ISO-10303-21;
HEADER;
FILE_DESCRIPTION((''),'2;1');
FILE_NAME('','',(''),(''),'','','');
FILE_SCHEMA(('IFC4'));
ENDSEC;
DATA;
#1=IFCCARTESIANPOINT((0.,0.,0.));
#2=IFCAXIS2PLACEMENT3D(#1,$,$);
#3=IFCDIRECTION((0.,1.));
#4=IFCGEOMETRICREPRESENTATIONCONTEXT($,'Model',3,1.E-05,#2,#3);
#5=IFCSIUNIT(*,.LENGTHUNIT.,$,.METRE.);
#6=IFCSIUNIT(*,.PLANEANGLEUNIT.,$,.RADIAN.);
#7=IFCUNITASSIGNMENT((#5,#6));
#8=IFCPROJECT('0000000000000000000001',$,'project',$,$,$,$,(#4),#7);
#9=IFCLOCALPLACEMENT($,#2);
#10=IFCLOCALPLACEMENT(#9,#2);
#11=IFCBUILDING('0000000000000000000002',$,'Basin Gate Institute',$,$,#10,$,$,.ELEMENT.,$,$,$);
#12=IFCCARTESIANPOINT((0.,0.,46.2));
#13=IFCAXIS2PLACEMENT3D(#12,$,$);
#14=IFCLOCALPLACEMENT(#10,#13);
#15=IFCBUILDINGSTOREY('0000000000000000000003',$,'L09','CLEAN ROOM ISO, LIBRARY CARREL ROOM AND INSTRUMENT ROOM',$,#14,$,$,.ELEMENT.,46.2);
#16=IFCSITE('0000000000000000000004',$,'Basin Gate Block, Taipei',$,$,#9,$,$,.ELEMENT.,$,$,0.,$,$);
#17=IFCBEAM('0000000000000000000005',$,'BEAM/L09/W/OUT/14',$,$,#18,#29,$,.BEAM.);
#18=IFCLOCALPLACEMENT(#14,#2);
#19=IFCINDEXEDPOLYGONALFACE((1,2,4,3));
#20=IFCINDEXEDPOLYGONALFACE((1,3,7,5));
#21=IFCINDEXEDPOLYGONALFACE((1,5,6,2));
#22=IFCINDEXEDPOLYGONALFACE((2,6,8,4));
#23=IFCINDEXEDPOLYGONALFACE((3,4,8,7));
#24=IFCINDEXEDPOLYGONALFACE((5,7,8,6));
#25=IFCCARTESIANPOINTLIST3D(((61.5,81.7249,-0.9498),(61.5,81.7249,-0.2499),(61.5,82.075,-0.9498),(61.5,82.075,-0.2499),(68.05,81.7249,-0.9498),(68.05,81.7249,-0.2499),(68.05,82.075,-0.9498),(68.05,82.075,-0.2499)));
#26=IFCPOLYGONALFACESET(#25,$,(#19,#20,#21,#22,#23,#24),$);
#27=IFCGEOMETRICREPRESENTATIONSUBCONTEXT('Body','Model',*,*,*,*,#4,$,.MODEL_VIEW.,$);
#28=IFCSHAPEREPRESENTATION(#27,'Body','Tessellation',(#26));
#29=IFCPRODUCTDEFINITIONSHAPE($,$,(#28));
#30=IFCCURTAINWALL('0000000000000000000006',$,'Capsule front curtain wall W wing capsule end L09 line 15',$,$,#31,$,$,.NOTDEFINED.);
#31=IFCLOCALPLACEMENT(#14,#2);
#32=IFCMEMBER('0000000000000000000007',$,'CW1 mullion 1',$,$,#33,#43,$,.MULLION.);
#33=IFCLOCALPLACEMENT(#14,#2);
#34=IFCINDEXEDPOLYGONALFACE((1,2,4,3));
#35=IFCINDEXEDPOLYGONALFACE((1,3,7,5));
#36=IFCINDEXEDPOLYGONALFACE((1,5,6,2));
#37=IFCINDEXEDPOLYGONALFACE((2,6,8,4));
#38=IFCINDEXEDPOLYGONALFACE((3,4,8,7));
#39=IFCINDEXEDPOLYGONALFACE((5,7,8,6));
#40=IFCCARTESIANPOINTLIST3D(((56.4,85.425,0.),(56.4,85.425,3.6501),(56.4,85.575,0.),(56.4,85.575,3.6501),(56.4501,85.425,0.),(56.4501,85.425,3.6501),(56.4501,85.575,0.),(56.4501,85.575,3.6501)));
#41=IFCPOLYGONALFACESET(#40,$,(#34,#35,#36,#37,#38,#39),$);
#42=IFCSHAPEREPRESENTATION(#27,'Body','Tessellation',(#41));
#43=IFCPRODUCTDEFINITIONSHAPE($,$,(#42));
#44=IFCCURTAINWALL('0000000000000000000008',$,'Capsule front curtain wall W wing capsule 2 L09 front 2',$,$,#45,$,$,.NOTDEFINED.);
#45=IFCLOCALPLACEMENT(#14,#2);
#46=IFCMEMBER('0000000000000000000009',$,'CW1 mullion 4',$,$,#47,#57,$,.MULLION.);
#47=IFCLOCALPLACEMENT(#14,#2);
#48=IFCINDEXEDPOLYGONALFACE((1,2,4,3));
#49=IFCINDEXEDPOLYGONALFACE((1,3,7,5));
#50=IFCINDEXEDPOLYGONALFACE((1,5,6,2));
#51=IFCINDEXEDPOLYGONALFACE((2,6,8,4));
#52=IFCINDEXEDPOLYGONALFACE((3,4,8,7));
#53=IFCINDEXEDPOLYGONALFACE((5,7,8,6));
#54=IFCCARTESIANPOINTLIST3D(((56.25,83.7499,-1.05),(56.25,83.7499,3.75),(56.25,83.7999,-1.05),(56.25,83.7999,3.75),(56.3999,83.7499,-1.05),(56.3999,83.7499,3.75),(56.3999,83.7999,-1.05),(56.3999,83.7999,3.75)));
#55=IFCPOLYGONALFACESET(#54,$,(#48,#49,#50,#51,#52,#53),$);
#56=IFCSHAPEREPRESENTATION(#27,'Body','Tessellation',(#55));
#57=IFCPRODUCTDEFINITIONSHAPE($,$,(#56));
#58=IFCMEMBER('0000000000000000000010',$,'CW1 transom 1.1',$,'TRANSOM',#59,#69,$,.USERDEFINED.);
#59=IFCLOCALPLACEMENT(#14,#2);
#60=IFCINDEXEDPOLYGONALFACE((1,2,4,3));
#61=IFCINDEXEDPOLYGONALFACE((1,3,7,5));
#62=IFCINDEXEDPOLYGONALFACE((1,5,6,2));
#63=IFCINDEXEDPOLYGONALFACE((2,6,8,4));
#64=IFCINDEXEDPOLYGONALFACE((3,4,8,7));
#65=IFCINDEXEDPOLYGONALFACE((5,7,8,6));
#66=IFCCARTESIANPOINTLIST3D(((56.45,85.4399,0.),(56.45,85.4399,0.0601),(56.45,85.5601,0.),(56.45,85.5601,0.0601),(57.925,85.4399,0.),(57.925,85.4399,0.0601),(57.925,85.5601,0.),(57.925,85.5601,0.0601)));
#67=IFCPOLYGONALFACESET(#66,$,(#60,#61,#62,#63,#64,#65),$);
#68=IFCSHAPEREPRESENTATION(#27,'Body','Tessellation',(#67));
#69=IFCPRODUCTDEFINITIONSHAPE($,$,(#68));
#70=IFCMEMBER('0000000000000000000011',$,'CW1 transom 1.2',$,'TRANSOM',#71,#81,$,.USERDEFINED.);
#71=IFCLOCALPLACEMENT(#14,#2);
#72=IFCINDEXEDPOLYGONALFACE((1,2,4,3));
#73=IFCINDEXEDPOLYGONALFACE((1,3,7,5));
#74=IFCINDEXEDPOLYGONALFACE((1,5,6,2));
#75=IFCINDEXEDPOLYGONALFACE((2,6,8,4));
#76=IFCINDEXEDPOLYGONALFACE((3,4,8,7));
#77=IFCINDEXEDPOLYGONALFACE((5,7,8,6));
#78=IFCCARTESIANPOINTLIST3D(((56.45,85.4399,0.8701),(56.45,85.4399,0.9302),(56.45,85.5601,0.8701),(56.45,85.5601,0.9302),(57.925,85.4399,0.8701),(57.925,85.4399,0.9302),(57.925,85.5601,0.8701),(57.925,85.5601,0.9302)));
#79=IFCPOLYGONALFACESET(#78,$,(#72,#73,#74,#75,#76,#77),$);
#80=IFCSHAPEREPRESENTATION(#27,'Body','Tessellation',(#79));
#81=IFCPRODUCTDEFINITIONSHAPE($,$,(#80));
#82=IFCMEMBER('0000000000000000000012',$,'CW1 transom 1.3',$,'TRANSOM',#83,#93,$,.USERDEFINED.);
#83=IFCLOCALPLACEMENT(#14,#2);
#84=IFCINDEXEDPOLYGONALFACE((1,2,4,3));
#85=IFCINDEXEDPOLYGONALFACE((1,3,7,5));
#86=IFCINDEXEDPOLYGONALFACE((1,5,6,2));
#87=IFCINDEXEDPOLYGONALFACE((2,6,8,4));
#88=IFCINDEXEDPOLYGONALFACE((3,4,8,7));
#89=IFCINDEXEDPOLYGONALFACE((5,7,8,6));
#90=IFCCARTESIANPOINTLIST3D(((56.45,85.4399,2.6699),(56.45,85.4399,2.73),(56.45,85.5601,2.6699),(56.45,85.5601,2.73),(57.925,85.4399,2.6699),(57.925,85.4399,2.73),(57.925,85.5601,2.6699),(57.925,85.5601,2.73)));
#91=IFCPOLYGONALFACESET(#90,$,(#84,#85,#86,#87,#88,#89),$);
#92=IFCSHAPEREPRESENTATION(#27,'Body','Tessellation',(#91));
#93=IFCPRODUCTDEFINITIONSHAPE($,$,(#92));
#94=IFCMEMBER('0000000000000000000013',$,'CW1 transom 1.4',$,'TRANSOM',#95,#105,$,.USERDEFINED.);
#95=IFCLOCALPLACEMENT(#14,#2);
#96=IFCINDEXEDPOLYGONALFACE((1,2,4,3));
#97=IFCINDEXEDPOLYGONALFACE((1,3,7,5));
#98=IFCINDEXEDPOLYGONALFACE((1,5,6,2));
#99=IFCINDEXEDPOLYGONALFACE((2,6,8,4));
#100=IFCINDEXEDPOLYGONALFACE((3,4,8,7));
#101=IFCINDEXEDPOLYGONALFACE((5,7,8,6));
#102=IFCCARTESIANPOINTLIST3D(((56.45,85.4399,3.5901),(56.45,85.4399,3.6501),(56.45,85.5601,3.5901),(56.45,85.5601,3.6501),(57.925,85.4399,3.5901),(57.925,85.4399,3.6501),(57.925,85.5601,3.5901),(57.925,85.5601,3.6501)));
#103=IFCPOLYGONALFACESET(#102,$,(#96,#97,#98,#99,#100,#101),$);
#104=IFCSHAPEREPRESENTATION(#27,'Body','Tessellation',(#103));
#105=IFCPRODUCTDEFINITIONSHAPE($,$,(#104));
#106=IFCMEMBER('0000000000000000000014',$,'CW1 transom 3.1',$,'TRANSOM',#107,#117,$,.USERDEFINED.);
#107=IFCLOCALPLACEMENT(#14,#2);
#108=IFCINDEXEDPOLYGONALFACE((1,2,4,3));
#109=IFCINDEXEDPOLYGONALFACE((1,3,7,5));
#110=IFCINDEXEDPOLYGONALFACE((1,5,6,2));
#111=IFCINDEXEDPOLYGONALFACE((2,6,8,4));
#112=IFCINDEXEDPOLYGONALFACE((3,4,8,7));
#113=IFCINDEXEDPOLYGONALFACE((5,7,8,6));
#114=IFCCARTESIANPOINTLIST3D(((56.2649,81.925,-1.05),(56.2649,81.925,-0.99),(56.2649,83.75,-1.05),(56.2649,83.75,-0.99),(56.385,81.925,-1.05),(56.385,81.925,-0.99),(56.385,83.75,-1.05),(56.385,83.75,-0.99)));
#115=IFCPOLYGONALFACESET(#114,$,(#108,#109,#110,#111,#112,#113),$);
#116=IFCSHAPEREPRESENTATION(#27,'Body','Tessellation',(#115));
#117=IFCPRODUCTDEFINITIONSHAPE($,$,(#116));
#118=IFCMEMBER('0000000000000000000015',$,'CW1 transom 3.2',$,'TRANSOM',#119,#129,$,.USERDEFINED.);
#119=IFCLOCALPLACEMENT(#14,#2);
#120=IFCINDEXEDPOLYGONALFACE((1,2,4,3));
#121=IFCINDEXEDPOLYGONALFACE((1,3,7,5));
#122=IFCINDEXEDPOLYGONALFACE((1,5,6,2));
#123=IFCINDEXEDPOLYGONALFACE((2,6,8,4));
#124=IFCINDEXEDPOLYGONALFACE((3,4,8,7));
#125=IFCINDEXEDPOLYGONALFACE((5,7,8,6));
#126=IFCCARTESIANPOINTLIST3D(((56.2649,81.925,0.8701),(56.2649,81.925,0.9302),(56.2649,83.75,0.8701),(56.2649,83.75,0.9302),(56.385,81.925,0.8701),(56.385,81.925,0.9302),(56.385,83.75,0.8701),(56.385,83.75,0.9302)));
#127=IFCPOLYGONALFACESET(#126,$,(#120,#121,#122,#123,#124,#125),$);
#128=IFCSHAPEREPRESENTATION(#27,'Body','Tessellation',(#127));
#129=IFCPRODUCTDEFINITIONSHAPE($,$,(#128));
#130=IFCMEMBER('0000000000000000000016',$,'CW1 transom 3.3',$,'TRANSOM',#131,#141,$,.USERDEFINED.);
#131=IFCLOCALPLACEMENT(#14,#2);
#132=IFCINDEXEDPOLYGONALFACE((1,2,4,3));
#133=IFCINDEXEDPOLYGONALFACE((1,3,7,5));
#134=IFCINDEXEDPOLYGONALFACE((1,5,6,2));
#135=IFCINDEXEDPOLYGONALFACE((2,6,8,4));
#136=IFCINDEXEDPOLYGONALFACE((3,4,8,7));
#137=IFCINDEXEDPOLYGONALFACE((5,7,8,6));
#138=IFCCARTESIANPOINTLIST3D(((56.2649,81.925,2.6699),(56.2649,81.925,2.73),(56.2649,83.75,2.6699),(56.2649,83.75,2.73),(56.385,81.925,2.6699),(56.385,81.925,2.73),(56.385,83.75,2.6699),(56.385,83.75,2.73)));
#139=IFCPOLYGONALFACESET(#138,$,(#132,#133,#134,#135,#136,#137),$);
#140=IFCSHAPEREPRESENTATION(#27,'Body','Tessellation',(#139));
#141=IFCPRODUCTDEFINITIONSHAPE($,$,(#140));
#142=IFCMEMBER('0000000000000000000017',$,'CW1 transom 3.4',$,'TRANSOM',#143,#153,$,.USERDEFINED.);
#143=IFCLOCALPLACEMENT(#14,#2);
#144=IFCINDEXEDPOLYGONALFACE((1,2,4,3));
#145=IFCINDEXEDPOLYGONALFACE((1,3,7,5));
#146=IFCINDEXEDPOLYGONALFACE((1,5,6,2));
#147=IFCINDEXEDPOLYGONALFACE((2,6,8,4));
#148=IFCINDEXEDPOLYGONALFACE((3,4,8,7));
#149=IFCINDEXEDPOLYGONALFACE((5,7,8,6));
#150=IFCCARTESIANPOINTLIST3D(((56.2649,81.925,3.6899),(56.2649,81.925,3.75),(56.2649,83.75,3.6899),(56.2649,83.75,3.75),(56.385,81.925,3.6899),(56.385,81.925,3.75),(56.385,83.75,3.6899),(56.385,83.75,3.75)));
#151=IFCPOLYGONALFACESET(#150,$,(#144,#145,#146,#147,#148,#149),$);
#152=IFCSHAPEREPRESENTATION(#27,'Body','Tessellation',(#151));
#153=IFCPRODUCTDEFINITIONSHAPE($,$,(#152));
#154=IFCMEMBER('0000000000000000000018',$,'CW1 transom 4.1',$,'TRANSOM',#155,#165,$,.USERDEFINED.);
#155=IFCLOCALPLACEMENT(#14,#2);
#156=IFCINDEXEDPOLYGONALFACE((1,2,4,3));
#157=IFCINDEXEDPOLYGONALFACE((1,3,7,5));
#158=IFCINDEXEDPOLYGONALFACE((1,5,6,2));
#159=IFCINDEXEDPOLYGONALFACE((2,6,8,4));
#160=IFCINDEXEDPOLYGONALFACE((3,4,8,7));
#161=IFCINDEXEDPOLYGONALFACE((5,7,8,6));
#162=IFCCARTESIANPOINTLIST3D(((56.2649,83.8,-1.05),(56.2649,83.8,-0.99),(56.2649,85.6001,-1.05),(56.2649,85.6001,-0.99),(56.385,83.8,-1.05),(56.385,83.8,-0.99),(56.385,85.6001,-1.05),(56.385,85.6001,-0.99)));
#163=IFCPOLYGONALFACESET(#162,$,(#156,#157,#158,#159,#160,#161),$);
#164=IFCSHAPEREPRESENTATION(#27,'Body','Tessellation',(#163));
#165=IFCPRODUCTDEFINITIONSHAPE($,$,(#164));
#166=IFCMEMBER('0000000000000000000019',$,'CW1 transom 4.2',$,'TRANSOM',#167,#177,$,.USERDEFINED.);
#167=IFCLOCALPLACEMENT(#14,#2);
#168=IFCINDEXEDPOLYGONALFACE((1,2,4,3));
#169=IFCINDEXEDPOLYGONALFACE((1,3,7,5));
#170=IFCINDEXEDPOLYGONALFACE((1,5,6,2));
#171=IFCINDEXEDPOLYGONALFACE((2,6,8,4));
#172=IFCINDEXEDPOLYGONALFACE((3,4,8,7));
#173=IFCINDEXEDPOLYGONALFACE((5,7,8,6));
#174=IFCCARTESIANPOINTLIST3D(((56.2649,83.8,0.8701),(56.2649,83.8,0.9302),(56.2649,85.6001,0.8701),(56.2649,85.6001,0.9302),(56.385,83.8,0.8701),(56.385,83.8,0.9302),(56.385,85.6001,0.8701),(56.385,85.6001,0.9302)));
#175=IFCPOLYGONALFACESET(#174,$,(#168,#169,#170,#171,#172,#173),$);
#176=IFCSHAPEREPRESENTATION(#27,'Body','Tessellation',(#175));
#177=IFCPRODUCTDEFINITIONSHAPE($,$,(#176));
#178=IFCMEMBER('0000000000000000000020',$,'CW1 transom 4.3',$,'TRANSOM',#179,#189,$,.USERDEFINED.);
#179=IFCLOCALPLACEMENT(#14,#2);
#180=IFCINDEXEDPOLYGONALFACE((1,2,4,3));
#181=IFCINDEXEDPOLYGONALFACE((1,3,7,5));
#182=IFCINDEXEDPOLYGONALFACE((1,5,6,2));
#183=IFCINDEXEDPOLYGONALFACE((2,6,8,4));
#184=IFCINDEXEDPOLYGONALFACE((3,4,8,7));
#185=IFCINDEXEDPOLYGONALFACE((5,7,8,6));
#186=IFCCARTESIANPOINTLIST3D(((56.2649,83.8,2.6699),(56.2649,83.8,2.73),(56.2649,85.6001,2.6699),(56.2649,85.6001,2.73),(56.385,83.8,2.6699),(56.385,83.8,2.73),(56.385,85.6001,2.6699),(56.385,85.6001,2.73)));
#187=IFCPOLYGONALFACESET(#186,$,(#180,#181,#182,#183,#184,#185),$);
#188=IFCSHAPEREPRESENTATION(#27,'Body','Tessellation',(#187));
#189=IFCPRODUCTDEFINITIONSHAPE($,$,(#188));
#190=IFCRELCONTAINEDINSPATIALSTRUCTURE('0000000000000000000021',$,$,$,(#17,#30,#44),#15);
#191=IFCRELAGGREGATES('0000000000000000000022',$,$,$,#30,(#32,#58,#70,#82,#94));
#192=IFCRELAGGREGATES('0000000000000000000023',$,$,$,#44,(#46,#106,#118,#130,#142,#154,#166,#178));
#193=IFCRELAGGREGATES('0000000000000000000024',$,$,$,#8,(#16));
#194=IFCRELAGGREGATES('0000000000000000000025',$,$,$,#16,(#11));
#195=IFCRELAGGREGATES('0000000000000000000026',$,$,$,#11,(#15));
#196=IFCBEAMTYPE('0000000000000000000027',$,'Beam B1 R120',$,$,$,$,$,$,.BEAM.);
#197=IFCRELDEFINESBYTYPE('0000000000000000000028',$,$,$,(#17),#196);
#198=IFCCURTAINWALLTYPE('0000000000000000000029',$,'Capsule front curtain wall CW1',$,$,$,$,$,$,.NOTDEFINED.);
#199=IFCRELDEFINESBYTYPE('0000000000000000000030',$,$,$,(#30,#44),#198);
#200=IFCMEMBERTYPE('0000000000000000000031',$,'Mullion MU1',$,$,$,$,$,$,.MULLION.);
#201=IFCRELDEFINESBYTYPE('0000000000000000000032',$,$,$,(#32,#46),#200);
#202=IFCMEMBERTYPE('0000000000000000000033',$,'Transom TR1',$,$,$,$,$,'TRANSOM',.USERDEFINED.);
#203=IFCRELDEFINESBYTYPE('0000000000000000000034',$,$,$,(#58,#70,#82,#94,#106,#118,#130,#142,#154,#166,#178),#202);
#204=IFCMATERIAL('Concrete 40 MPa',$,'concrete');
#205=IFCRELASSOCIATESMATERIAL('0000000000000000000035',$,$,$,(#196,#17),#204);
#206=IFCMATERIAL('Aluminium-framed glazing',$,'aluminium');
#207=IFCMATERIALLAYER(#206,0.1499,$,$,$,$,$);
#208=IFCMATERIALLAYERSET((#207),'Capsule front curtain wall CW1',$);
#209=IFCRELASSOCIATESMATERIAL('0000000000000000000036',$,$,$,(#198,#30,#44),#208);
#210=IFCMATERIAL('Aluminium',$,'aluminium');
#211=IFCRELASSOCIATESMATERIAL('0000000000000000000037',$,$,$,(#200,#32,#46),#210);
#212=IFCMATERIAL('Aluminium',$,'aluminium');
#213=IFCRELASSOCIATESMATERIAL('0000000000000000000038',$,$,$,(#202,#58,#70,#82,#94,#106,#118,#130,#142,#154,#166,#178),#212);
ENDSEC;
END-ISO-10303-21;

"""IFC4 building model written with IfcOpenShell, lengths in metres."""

from ifc_helpers import new_model, si_unit, direction, frame, origin, origin_2d, place, context, subcontext, project, spatial, rectangle, extrude, material, layer, layer_set, material_profile, profile_set, type_object, element, aggregate, save


model = new_model("IFC4")

# Units and contexts
model_context = context("Model", 3, precision=1e-05, world=origin(), true_north=direction((0.0, 1.0)))
body_context = subcontext(model_context, "Body", "Model", "MODEL_VIEW")
ifc_project = project(units=[si_unit("LENGTHUNIT", "METRE"), si_unit("PLANEANGLEUNIT", "RADIAN")], contexts=[model_context])

# Site, building, storey
site_placement = place(None, origin())
site = spatial("IfcSite", under=ifc_project, at=site_placement, Name="Basin Gate Block, Taipei", CompositionType="ELEMENT", RefElevation=0.0)
building_placement = place(site_placement, origin())
building = spatial("IfcBuilding", under=site, at=building_placement, Name="Basin Gate Institute", CompositionType="ELEMENT")
storey_placement = place(building_placement, frame((0.0, 0.0, 46.2)))
storey = spatial("IfcBuildingStorey", under=building, at=storey_placement, Name="L09", Description="CLEAN ROOM ISO, LIBRARY CARREL ROOM AND INSTRUMENT ROOM", CompositionType="ELEMENT", Elevation=46.2)

# Beam
ifc_material_1 = material(Name="Concrete 40 MPa", Category="concrete")
ifc_material_profile_1 = material_profile(ifc_material_1, rectangle(XDim=0.3501, YDim=0.7, at=origin_2d()), Name="Beam B1 350 x 700")
ifc_profile_set_1 = profile_set([ifc_material_profile_1], Name="Concrete 40 MPa")
beam_type = type_object("IfcBeamType", Name="Beam B1 R120", PredefinedType="BEAM", material=ifc_profile_set_1)
beam_placement = place(storey_placement, frame((61.5, 81.8999, -0.5999), z_axis=(1.0, 0.0, 0.0), x_axis=(0.0, 1.0, 0.0)))
element("IfcBeam", 1, at=beam_placement, inside=storey, type_object=beam_type, material=ifc_profile_set_1, Name="BEAM/L09/W/OUT/14", PredefinedType="BEAM", context=body_context, shape_type="SweptSolid", body=[
    extrude(rectangle(XDim=0.3501, YDim=0.7, at=origin_2d()), origin(), (0.0, 0.0, 1.0), 6.55),
])

# Curtain walls, members
ifc_material_2 = material(Name="Aluminium-framed glazing", Category="aluminium")
ifc_layer_1 = layer(ifc_material_2, 0.1499)
ifc_layer_set_1 = layer_set([ifc_layer_1], Name="Capsule front curtain wall CW1")
curtain_wall_type = type_object("IfcCurtainWallType", Name="Capsule front curtain wall CW1", PredefinedType="NOTDEFINED", material=ifc_layer_set_1)
curtain_wall_1_placement = place(storey_placement, origin())
curtain_wall_1 = element("IfcCurtainWall", 2, at=curtain_wall_1_placement, inside=storey, type_object=curtain_wall_type, material=ifc_layer_set_1, Name="Capsule front curtain wall W wing capsule end L09 line 15", PredefinedType="NOTDEFINED")
ifc_material_3 = material(Name="Aluminium", Category="aluminium")
ifc_material_profile_2 = material_profile(ifc_material_3, rectangle(XDim=0.1499, YDim=0.05, at=origin_2d()), Name="Mullion MU1 150 x 50")
ifc_profile_set_2 = profile_set([ifc_material_profile_2], Name="Aluminium")
member_type_1 = type_object("IfcMemberType", Name="Mullion MU1", PredefinedType="MULLION", material=ifc_profile_set_2)
member_1_placement = place(storey_placement, frame((56.425, 85.5, 0.0), z_axis=(0.0, 0.0, 1.0), x_axis=(0.0, 1.0, 0.0)))
member_1 = element("IfcMember", 3, at=member_1_placement, type_object=member_type_1, material=ifc_profile_set_2, Name="CW1 mullion 1", PredefinedType="MULLION", context=body_context, shape_type="SweptSolid", body=[
    extrude(rectangle(XDim=0.1499, YDim=0.05, at=origin_2d()), origin(), (0.0, 0.0, 1.0), 3.6501),
])
curtain_wall_2_placement = place(storey_placement, origin())
curtain_wall_2 = element("IfcCurtainWall", 4, at=curtain_wall_2_placement, inside=storey, type_object=curtain_wall_type, material=ifc_layer_set_1, Name="Capsule front curtain wall W wing capsule 2 L09 front 2", PredefinedType="NOTDEFINED")
member_2_placement = place(storey_placement, frame((56.325, 83.7749, -1.05), z_axis=(0.0, 0.0, 1.0), x_axis=(-1.0, 0.0, 0.0)))
member_2 = element("IfcMember", 5, at=member_2_placement, type_object=member_type_1, material=ifc_profile_set_2, Name="CW1 mullion 4", PredefinedType="MULLION", context=body_context, shape_type="SweptSolid", body=[
    extrude(rectangle(XDim=0.1499, YDim=0.05, at=origin_2d()), origin(), (0.0, 0.0, 1.0), 4.8),
])

# Members
ifc_material_4 = material(Name="Aluminium", Category="aluminium")
ifc_material_profile_3 = material_profile(ifc_material_4, rectangle(XDim=0.1201, YDim=0.0601, at=origin_2d()), Name="Transom TR1 120 x 60")
ifc_profile_set_3 = profile_set([ifc_material_profile_3], Name="Aluminium")
member_type_2 = type_object("IfcMemberType", Name="Transom TR1", ElementType="TRANSOM", PredefinedType="USERDEFINED", material=ifc_profile_set_3)
member_3_placement = place(storey_placement, frame((56.45, 85.5, 0.03), z_axis=(1.0, 0.0, 0.0), x_axis=(0.0, 1.0, 0.0)))
member_3 = element("IfcMember", 6, at=member_3_placement, type_object=member_type_2, material=ifc_profile_set_3, Name="CW1 transom 1.1", ObjectType="TRANSOM", PredefinedType="USERDEFINED", context=body_context, shape_type="SweptSolid", body=[
    extrude(rectangle(XDim=0.1201, YDim=0.0601, at=origin_2d()), origin(), (0.0, 0.0, 1.0), 1.4751),
])
member_4_placement = place(storey_placement, frame((56.45, 85.5, 0.9001), z_axis=(1.0, 0.0, 0.0), x_axis=(0.0, 1.0, 0.0)))
member_4 = element("IfcMember", 7, at=member_4_placement, type_object=member_type_2, material=ifc_profile_set_3, Name="CW1 transom 1.2", ObjectType="TRANSOM", PredefinedType="USERDEFINED", context=body_context, shape_type="SweptSolid", body=[
    extrude(rectangle(XDim=0.1201, YDim=0.0601, at=origin_2d()), origin(), (0.0, 0.0, 1.0), 1.4751),
])
member_5_placement = place(storey_placement, frame((56.45, 85.5, 2.7), z_axis=(1.0, 0.0, 0.0), x_axis=(0.0, 1.0, 0.0)))
member_5 = element("IfcMember", 8, at=member_5_placement, type_object=member_type_2, material=ifc_profile_set_3, Name="CW1 transom 1.3", ObjectType="TRANSOM", PredefinedType="USERDEFINED", context=body_context, shape_type="SweptSolid", body=[
    extrude(rectangle(XDim=0.1201, YDim=0.0601, at=origin_2d()), origin(), (0.0, 0.0, 1.0), 1.4751),
])
member_6_placement = place(storey_placement, frame((56.45, 85.5, 3.6201), z_axis=(1.0, 0.0, 0.0), x_axis=(0.0, 1.0, 0.0)))
member_6 = element("IfcMember", 9, at=member_6_placement, type_object=member_type_2, material=ifc_profile_set_3, Name="CW1 transom 1.4", ObjectType="TRANSOM", PredefinedType="USERDEFINED", context=body_context, shape_type="SweptSolid", body=[
    extrude(rectangle(XDim=0.1201, YDim=0.0601, at=origin_2d()), origin(), (0.0, 0.0, 1.0), 1.4751),
])
aggregate(curtain_wall_1, [member_1, member_3, member_4, member_5, member_6])
member_7_placement = place(storey_placement, frame((56.325, 81.925, -1.02), z_axis=(0.0, 1.0, 0.0), x_axis=(-1.0, 0.0, 0.0)))
member_7 = element("IfcMember", 10, at=member_7_placement, type_object=member_type_2, material=ifc_profile_set_3, Name="CW1 transom 3.1", ObjectType="TRANSOM", PredefinedType="USERDEFINED", context=body_context, shape_type="SweptSolid", body=[
    extrude(rectangle(XDim=0.1201, YDim=0.0601, at=origin_2d()), origin(), (0.0, 0.0, 1.0), 1.825),
])
member_8_placement = place(storey_placement, frame((56.325, 81.925, 0.9001), z_axis=(0.0, 1.0, 0.0), x_axis=(-1.0, 0.0, 0.0)))
member_8 = element("IfcMember", 11, at=member_8_placement, type_object=member_type_2, material=ifc_profile_set_3, Name="CW1 transom 3.2", ObjectType="TRANSOM", PredefinedType="USERDEFINED", context=body_context, shape_type="SweptSolid", body=[
    extrude(rectangle(XDim=0.1201, YDim=0.0601, at=origin_2d()), origin(), (0.0, 0.0, 1.0), 1.825),
])
member_9_placement = place(storey_placement, frame((56.325, 81.925, 2.7), z_axis=(0.0, 1.0, 0.0), x_axis=(-1.0, 0.0, 0.0)))
member_9 = element("IfcMember", 12, at=member_9_placement, type_object=member_type_2, material=ifc_profile_set_3, Name="CW1 transom 3.3", ObjectType="TRANSOM", PredefinedType="USERDEFINED", context=body_context, shape_type="SweptSolid", body=[
    extrude(rectangle(XDim=0.1201, YDim=0.0601, at=origin_2d()), origin(), (0.0, 0.0, 1.0), 1.825),
])
member_10_placement = place(storey_placement, frame((56.325, 81.925, 3.72), z_axis=(0.0, 1.0, 0.0), x_axis=(-1.0, 0.0, 0.0)))
member_10 = element("IfcMember", 13, at=member_10_placement, type_object=member_type_2, material=ifc_profile_set_3, Name="CW1 transom 3.4", ObjectType="TRANSOM", PredefinedType="USERDEFINED", context=body_context, shape_type="SweptSolid", body=[
    extrude(rectangle(XDim=0.1201, YDim=0.0601, at=origin_2d()), origin(), (0.0, 0.0, 1.0), 1.825),
])
member_11_placement = place(storey_placement, frame((56.325, 83.8, -1.02), z_axis=(0.0, 1.0, 0.0), x_axis=(-1.0, 0.0, 0.0)))
member_11 = element("IfcMember", 14, at=member_11_placement, type_object=member_type_2, material=ifc_profile_set_3, Name="CW1 transom 4.1", ObjectType="TRANSOM", PredefinedType="USERDEFINED", context=body_context, shape_type="SweptSolid", body=[
    extrude(rectangle(XDim=0.1201, YDim=0.0601, at=origin_2d()), origin(), (0.0, 0.0, 1.0), 1.8),
])
member_12_placement = place(storey_placement, frame((56.325, 83.8, 0.9001), z_axis=(0.0, 1.0, 0.0), x_axis=(-1.0, 0.0, 0.0)))
member_12 = element("IfcMember", 15, at=member_12_placement, type_object=member_type_2, material=ifc_profile_set_3, Name="CW1 transom 4.2", ObjectType="TRANSOM", PredefinedType="USERDEFINED", context=body_context, shape_type="SweptSolid", body=[
    extrude(rectangle(XDim=0.1201, YDim=0.0601, at=origin_2d()), origin(), (0.0, 0.0, 1.0), 1.8),
])
member_13_placement = place(storey_placement, frame((56.325, 83.8, 2.7), z_axis=(0.0, 1.0, 0.0), x_axis=(-1.0, 0.0, 0.0)))
member_13 = element("IfcMember", 16, at=member_13_placement, type_object=member_type_2, material=ifc_profile_set_3, Name="CW1 transom 4.3", ObjectType="TRANSOM", PredefinedType="USERDEFINED", context=body_context, shape_type="SweptSolid", body=[
    extrude(rectangle(XDim=0.1201, YDim=0.0601, at=origin_2d()), origin(), (0.0, 0.0, 1.0), 1.8),
])

aggregate(curtain_wall_2, [member_2, member_7, member_8, member_9, member_10, member_11, member_12, member_13])

save(model, "model.ifc")
